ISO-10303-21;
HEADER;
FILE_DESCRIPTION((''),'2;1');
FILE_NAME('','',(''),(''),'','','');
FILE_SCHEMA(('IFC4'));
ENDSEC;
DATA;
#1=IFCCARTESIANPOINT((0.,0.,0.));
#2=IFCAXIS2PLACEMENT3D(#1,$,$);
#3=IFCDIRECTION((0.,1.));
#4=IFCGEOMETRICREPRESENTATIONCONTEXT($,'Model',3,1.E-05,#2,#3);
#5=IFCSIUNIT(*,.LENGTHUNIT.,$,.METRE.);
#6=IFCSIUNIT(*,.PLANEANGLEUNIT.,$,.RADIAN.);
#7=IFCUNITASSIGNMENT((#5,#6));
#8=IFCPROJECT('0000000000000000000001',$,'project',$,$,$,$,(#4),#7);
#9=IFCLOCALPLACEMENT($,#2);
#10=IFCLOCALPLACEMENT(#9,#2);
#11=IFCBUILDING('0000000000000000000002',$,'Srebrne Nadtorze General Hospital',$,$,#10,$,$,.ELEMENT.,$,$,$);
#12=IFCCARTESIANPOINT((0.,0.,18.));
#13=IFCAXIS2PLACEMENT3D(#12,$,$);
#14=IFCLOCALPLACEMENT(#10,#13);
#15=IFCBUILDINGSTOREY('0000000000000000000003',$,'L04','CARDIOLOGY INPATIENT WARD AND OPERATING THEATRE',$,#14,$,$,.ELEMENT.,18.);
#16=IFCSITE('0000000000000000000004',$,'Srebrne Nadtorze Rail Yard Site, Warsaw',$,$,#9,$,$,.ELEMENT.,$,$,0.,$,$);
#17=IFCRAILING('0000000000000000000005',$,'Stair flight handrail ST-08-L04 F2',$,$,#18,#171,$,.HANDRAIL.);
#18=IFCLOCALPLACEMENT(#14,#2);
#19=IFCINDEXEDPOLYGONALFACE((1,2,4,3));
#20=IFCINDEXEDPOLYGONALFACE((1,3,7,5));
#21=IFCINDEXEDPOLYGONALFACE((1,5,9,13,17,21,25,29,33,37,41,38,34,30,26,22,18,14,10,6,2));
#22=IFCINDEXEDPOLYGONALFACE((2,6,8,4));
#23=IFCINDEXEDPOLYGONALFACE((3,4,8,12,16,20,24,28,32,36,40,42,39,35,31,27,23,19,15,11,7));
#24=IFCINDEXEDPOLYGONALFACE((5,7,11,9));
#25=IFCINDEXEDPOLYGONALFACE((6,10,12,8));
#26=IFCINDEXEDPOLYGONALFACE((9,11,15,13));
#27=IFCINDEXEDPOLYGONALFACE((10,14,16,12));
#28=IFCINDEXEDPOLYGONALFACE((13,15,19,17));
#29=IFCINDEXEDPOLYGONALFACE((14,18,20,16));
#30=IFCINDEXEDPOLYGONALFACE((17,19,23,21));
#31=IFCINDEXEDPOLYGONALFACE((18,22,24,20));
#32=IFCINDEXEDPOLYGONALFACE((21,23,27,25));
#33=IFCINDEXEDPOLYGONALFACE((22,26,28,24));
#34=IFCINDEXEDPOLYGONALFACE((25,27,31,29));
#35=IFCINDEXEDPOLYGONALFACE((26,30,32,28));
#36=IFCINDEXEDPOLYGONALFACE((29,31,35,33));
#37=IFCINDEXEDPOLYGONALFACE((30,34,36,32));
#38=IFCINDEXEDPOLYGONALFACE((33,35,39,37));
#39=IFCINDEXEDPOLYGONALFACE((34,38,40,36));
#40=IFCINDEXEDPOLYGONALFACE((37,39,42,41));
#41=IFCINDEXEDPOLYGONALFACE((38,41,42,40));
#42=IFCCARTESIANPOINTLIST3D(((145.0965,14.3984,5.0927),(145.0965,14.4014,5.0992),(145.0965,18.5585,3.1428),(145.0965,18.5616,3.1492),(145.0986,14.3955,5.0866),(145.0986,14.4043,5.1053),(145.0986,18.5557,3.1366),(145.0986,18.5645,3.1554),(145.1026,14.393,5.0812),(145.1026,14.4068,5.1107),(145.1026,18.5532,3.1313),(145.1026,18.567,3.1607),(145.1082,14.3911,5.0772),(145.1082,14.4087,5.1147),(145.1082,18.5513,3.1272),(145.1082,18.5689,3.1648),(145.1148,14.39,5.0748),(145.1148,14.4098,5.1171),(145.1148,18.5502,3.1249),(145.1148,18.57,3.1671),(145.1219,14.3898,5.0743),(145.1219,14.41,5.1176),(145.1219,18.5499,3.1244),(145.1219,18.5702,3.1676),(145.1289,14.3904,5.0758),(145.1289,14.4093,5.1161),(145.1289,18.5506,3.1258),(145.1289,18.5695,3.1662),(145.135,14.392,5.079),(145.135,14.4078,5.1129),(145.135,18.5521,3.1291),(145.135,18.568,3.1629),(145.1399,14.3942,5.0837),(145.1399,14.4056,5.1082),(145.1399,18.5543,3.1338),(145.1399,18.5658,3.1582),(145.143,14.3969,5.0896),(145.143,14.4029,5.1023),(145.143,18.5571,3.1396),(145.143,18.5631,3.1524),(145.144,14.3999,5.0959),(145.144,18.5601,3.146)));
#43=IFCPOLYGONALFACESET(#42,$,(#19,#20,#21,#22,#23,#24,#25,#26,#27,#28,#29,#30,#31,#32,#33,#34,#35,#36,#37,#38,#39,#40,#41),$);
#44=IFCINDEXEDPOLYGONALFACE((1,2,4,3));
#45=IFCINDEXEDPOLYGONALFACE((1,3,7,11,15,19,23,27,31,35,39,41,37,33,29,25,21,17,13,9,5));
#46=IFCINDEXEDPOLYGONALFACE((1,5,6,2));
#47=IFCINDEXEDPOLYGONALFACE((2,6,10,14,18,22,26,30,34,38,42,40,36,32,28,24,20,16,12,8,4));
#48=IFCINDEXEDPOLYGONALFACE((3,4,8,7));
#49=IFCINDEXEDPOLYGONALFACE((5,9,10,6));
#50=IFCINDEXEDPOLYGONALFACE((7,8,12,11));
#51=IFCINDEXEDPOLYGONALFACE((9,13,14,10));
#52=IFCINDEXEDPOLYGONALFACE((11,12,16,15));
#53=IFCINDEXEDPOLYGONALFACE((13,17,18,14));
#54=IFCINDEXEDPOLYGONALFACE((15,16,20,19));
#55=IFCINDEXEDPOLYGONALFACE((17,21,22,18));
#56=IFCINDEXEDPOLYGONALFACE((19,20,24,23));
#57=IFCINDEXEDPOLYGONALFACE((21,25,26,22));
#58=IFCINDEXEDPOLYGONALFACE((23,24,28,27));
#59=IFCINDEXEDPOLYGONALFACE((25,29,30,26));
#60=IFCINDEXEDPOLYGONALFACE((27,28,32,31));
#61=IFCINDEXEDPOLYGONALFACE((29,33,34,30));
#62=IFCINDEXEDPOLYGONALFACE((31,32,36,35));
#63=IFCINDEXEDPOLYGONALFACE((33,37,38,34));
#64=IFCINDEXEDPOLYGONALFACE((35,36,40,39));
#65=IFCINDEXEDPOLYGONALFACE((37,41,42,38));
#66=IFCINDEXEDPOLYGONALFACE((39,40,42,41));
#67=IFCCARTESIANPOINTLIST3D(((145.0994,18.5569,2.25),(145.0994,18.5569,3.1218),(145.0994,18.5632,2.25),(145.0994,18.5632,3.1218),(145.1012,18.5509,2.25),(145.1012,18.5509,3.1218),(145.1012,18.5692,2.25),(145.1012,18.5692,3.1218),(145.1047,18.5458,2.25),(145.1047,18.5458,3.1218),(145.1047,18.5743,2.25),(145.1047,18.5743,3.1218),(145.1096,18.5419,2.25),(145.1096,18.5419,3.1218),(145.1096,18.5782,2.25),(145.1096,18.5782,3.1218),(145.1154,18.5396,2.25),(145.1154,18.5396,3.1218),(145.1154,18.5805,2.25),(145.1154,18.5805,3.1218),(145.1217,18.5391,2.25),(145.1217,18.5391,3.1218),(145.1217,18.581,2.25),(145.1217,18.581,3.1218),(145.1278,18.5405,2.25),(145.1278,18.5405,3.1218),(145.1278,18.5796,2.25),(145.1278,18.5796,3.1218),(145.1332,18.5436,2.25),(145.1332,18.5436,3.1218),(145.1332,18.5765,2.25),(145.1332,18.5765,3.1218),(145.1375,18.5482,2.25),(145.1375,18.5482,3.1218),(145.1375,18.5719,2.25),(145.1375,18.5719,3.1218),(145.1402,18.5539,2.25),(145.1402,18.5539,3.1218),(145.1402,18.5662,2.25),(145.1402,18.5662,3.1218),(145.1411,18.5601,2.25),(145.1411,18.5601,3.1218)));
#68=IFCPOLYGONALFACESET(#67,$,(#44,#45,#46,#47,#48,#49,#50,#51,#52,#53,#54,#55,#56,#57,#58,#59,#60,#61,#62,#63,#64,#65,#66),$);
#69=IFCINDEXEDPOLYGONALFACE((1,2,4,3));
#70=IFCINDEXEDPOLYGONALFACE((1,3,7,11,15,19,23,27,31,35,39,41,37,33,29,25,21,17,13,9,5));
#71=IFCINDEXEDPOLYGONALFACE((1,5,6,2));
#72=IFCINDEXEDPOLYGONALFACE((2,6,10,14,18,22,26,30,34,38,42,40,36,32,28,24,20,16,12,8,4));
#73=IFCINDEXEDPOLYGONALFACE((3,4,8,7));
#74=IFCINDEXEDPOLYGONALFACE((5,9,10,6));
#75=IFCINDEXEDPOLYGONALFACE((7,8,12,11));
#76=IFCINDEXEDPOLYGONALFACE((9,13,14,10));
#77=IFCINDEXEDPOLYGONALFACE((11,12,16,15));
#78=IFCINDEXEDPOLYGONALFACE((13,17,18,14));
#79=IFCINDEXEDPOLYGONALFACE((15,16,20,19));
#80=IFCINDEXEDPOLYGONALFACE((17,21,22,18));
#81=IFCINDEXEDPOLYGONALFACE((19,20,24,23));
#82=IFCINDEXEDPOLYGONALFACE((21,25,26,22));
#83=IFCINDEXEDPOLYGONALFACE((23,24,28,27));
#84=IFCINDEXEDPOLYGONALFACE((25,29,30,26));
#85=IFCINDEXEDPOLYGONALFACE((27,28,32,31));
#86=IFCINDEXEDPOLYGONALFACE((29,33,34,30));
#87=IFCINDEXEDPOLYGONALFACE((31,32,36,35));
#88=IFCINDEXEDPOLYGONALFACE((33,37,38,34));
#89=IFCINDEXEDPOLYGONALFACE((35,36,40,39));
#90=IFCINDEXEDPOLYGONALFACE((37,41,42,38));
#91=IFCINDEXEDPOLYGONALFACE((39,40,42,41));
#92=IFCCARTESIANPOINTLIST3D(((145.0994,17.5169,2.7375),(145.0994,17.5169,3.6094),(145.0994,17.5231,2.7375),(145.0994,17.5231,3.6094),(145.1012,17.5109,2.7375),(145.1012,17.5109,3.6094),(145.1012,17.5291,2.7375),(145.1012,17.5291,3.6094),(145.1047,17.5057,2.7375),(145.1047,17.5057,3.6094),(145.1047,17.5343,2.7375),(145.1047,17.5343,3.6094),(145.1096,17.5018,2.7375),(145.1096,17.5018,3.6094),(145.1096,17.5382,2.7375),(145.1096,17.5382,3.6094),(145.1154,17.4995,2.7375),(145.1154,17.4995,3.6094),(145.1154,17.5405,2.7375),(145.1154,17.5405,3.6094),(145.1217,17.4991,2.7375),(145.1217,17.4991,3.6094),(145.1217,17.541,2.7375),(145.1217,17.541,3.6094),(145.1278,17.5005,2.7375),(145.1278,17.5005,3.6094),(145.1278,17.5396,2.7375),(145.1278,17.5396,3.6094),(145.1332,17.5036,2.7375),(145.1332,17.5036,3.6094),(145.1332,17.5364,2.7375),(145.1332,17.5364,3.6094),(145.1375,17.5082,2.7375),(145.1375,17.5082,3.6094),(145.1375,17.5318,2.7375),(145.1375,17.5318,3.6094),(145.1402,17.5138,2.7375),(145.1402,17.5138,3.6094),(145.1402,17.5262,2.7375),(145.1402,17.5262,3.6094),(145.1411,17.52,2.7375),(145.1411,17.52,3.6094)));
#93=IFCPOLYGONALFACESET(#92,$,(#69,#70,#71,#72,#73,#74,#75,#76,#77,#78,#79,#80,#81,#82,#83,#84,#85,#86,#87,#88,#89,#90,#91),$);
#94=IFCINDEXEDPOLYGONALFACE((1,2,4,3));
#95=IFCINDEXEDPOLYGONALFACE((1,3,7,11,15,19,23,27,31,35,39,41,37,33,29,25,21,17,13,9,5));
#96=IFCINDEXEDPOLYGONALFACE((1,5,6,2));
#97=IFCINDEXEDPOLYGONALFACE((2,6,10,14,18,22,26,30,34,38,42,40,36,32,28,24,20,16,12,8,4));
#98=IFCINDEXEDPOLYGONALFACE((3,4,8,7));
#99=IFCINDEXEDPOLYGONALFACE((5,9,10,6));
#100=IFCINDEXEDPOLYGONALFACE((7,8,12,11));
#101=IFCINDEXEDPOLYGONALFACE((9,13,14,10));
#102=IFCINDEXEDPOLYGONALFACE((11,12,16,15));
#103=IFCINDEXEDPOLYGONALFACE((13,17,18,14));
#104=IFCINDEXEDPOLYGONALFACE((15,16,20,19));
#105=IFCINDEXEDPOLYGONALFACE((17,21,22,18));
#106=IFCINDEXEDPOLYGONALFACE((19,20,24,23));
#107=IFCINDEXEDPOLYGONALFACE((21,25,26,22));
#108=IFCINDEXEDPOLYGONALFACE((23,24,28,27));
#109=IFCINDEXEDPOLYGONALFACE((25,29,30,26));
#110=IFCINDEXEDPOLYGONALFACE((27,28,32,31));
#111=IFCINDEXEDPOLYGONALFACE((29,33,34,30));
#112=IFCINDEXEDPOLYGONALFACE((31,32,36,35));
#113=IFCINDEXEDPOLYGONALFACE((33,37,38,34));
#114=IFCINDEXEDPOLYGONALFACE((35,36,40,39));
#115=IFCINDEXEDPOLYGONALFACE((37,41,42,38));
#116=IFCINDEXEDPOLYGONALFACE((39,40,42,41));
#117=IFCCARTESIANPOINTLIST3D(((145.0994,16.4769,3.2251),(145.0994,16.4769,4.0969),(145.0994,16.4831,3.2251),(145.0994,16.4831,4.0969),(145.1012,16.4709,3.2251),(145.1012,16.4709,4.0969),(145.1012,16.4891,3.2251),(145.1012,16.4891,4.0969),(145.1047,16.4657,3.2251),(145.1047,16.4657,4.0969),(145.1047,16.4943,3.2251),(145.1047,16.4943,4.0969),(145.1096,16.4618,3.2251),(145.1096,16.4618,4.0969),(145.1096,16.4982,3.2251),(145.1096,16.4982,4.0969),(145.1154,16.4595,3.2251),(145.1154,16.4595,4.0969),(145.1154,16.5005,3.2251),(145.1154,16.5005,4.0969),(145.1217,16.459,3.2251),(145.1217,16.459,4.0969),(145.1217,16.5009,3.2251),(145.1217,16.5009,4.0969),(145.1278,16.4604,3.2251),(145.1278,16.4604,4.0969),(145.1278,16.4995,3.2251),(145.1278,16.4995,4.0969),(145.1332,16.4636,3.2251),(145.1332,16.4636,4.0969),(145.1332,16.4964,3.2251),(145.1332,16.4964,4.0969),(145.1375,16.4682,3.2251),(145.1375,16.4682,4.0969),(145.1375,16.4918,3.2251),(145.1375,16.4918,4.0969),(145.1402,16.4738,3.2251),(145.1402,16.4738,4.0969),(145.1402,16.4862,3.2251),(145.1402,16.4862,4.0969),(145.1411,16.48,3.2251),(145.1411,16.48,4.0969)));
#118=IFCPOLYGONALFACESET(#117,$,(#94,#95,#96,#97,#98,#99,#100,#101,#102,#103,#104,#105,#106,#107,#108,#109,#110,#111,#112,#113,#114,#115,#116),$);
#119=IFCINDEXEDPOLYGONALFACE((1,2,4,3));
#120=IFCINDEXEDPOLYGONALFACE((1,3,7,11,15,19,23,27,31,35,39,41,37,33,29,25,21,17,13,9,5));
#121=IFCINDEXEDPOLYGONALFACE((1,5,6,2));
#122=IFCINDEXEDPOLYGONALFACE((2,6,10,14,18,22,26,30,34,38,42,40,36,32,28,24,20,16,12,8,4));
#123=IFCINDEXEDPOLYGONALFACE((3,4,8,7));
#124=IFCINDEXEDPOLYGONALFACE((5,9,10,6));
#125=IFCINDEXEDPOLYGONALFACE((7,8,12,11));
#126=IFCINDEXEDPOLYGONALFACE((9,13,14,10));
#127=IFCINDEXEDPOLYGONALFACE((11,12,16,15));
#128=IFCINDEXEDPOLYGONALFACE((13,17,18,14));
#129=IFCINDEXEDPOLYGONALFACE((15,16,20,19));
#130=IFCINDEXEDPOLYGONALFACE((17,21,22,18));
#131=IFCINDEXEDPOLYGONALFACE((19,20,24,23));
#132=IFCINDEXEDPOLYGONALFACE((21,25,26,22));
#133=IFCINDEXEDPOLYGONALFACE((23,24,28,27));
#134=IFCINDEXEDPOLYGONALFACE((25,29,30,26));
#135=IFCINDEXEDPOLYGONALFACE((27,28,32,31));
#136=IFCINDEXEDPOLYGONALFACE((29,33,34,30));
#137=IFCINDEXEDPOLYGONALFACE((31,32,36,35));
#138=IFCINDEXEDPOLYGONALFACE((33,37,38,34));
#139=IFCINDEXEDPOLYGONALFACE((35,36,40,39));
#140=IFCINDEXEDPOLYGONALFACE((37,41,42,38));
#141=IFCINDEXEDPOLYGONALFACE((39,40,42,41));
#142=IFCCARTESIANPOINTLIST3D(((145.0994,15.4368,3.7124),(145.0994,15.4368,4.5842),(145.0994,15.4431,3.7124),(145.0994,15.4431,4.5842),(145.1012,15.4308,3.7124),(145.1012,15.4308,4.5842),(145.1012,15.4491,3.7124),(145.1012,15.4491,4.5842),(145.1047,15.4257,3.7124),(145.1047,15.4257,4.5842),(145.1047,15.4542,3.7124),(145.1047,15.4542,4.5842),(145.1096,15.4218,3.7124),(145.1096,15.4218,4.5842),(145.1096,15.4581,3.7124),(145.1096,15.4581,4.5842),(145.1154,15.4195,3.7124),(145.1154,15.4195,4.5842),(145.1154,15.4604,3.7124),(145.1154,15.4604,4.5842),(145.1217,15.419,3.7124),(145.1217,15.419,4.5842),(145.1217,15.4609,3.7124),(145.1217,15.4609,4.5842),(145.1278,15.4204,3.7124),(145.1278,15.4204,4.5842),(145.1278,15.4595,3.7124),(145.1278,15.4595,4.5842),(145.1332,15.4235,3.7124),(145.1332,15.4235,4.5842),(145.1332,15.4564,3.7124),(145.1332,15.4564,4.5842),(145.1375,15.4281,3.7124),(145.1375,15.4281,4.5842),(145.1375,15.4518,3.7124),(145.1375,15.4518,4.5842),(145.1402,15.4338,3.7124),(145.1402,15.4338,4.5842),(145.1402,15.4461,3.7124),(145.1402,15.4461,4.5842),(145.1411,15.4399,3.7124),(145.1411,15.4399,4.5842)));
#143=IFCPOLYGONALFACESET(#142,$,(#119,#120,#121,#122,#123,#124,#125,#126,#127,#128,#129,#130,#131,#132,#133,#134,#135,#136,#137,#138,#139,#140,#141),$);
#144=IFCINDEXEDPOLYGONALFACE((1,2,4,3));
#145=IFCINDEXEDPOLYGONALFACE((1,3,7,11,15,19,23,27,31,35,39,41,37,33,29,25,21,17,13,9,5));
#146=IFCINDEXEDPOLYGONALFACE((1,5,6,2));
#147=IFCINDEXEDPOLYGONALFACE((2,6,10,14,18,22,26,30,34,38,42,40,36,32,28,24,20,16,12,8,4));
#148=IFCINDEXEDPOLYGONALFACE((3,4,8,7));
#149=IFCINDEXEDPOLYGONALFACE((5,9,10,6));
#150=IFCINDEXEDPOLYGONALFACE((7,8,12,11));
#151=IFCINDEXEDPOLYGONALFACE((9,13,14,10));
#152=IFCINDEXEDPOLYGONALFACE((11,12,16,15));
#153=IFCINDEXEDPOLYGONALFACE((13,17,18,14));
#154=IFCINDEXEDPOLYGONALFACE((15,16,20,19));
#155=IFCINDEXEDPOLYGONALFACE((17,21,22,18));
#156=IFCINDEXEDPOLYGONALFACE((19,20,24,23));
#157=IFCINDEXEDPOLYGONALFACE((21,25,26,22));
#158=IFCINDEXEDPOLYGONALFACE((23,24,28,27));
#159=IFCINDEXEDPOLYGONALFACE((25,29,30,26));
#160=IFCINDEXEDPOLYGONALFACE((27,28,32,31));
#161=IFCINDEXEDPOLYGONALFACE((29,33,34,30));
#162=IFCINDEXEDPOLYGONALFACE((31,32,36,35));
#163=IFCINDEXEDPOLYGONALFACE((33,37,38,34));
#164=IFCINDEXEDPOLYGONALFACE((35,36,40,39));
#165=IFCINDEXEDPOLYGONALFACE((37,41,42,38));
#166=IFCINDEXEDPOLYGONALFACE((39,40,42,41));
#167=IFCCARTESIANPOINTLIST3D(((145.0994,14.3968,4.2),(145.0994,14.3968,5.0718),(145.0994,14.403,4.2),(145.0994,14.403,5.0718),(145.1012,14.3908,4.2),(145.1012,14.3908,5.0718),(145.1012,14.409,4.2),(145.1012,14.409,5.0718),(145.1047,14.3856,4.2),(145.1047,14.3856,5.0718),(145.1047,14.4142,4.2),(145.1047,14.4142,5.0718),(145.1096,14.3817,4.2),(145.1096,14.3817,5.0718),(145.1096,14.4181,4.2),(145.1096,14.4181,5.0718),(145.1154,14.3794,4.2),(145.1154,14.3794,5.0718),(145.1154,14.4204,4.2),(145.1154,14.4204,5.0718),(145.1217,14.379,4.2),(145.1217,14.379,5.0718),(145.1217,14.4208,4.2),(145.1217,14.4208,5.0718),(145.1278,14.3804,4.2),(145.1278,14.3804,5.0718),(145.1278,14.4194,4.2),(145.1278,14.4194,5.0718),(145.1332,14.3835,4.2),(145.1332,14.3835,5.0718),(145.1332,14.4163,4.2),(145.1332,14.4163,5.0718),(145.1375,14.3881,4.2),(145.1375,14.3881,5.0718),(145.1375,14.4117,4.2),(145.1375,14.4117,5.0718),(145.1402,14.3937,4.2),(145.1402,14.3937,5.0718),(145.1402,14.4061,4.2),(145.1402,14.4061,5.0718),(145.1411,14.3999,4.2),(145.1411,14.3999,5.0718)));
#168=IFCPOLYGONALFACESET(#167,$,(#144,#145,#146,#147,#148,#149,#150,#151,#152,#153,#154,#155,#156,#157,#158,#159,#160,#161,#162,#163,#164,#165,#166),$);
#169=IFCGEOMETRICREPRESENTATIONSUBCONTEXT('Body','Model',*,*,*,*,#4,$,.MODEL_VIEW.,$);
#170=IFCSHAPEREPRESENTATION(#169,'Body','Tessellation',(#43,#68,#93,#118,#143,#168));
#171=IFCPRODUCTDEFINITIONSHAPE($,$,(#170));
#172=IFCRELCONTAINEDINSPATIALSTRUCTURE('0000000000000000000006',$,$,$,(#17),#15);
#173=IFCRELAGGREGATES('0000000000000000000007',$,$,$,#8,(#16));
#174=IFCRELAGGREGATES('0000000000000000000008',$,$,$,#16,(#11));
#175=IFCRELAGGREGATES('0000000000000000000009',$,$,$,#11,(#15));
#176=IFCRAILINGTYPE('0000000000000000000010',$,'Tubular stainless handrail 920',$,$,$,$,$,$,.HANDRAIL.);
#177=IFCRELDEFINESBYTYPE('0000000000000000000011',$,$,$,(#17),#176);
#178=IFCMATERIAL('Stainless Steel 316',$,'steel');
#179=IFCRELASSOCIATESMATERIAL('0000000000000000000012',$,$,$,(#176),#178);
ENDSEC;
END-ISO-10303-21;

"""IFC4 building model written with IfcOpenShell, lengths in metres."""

from ifc_helpers import new_model, si_unit, direction, frame, origin, origin_2d, place, context, subcontext, project, spatial, circle, extrude, material, type_object, element, save


model = new_model("IFC4")

# Units and contexts
model_context = context("Model", 3, precision=1e-05, world=origin(), true_north=direction((0.0, 1.0)))
body_context = subcontext(model_context, "Body", "Model", "MODEL_VIEW")
ifc_project = project(units=[si_unit("LENGTHUNIT", "METRE"), si_unit("PLANEANGLEUNIT", "RADIAN")], contexts=[model_context])

# Site, building, storey
site_placement = place(None, origin())
site = spatial("IfcSite", under=ifc_project, at=site_placement, Name="Srebrne Nadtorze Rail Yard Site, Warsaw", CompositionType="ELEMENT", RefElevation=0.0)
building_placement = place(site_placement, origin())
building = spatial("IfcBuilding", under=site, at=building_placement, Name="Srebrne Nadtorze General Hospital", CompositionType="ELEMENT")
storey_placement = place(building_placement, frame((0.0, 0.0, 18.0)))
storey = spatial("IfcBuildingStorey", under=building, at=storey_placement, Name="L04", Description="CARDIOLOGY INPATIENT WARD AND OPERATING THEATRE", CompositionType="ELEMENT", Elevation=18.0)

# Railing
ifc_material_1 = material(Name="Stainless Steel 316", Category="steel")
railing_type_1 = type_object("IfcRailingType", Name="Tubular stainless handrail 920", PredefinedType="HANDRAIL", material=ifc_material_1)
railing_1_placement = place(storey_placement, frame((145.1201, 18.5601, 2.25)))
element("IfcRailing", 1, at=railing_1_placement, inside=storey, type_object=railing_type_1, Name="Stair flight handrail ST-08-L04 F2", PredefinedType="HANDRAIL", context=body_context, shape_type="SweptSolid", body=[
    extrude(circle(Radius=0.0239, at=origin_2d()), frame((0.0, 0.0, 0.896), z_axis=(0.0, -0.905469, 0.424412), x_axis=(1.0, 0.0, 0.0)), (0.0, 0.0, 1.0), 4.5945),
    extrude(circle(Radius=0.021, at=origin_2d()), origin(), (0.0, 0.0, 1.0), 0.8718),
    extrude(circle(Radius=0.021, at=origin_2d()), frame((0.0, -1.04, 0.4875)), (0.0, 0.0, 1.0), 0.8718),
    extrude(circle(Radius=0.021, at=origin_2d()), frame((0.0, -2.0801, 0.9751)), (0.0, 0.0, 1.0), 0.8718),
    extrude(circle(Radius=0.021, at=origin_2d()), frame((0.0, -3.1201, 1.4624)), (0.0, 0.0, 1.0), 0.8718),
    extrude(circle(Radius=0.021, at=origin_2d()), frame((0.0, -4.1602, 1.95)), (0.0, 0.0, 1.0), 0.8718),
])

save(model, "model.ifc")
